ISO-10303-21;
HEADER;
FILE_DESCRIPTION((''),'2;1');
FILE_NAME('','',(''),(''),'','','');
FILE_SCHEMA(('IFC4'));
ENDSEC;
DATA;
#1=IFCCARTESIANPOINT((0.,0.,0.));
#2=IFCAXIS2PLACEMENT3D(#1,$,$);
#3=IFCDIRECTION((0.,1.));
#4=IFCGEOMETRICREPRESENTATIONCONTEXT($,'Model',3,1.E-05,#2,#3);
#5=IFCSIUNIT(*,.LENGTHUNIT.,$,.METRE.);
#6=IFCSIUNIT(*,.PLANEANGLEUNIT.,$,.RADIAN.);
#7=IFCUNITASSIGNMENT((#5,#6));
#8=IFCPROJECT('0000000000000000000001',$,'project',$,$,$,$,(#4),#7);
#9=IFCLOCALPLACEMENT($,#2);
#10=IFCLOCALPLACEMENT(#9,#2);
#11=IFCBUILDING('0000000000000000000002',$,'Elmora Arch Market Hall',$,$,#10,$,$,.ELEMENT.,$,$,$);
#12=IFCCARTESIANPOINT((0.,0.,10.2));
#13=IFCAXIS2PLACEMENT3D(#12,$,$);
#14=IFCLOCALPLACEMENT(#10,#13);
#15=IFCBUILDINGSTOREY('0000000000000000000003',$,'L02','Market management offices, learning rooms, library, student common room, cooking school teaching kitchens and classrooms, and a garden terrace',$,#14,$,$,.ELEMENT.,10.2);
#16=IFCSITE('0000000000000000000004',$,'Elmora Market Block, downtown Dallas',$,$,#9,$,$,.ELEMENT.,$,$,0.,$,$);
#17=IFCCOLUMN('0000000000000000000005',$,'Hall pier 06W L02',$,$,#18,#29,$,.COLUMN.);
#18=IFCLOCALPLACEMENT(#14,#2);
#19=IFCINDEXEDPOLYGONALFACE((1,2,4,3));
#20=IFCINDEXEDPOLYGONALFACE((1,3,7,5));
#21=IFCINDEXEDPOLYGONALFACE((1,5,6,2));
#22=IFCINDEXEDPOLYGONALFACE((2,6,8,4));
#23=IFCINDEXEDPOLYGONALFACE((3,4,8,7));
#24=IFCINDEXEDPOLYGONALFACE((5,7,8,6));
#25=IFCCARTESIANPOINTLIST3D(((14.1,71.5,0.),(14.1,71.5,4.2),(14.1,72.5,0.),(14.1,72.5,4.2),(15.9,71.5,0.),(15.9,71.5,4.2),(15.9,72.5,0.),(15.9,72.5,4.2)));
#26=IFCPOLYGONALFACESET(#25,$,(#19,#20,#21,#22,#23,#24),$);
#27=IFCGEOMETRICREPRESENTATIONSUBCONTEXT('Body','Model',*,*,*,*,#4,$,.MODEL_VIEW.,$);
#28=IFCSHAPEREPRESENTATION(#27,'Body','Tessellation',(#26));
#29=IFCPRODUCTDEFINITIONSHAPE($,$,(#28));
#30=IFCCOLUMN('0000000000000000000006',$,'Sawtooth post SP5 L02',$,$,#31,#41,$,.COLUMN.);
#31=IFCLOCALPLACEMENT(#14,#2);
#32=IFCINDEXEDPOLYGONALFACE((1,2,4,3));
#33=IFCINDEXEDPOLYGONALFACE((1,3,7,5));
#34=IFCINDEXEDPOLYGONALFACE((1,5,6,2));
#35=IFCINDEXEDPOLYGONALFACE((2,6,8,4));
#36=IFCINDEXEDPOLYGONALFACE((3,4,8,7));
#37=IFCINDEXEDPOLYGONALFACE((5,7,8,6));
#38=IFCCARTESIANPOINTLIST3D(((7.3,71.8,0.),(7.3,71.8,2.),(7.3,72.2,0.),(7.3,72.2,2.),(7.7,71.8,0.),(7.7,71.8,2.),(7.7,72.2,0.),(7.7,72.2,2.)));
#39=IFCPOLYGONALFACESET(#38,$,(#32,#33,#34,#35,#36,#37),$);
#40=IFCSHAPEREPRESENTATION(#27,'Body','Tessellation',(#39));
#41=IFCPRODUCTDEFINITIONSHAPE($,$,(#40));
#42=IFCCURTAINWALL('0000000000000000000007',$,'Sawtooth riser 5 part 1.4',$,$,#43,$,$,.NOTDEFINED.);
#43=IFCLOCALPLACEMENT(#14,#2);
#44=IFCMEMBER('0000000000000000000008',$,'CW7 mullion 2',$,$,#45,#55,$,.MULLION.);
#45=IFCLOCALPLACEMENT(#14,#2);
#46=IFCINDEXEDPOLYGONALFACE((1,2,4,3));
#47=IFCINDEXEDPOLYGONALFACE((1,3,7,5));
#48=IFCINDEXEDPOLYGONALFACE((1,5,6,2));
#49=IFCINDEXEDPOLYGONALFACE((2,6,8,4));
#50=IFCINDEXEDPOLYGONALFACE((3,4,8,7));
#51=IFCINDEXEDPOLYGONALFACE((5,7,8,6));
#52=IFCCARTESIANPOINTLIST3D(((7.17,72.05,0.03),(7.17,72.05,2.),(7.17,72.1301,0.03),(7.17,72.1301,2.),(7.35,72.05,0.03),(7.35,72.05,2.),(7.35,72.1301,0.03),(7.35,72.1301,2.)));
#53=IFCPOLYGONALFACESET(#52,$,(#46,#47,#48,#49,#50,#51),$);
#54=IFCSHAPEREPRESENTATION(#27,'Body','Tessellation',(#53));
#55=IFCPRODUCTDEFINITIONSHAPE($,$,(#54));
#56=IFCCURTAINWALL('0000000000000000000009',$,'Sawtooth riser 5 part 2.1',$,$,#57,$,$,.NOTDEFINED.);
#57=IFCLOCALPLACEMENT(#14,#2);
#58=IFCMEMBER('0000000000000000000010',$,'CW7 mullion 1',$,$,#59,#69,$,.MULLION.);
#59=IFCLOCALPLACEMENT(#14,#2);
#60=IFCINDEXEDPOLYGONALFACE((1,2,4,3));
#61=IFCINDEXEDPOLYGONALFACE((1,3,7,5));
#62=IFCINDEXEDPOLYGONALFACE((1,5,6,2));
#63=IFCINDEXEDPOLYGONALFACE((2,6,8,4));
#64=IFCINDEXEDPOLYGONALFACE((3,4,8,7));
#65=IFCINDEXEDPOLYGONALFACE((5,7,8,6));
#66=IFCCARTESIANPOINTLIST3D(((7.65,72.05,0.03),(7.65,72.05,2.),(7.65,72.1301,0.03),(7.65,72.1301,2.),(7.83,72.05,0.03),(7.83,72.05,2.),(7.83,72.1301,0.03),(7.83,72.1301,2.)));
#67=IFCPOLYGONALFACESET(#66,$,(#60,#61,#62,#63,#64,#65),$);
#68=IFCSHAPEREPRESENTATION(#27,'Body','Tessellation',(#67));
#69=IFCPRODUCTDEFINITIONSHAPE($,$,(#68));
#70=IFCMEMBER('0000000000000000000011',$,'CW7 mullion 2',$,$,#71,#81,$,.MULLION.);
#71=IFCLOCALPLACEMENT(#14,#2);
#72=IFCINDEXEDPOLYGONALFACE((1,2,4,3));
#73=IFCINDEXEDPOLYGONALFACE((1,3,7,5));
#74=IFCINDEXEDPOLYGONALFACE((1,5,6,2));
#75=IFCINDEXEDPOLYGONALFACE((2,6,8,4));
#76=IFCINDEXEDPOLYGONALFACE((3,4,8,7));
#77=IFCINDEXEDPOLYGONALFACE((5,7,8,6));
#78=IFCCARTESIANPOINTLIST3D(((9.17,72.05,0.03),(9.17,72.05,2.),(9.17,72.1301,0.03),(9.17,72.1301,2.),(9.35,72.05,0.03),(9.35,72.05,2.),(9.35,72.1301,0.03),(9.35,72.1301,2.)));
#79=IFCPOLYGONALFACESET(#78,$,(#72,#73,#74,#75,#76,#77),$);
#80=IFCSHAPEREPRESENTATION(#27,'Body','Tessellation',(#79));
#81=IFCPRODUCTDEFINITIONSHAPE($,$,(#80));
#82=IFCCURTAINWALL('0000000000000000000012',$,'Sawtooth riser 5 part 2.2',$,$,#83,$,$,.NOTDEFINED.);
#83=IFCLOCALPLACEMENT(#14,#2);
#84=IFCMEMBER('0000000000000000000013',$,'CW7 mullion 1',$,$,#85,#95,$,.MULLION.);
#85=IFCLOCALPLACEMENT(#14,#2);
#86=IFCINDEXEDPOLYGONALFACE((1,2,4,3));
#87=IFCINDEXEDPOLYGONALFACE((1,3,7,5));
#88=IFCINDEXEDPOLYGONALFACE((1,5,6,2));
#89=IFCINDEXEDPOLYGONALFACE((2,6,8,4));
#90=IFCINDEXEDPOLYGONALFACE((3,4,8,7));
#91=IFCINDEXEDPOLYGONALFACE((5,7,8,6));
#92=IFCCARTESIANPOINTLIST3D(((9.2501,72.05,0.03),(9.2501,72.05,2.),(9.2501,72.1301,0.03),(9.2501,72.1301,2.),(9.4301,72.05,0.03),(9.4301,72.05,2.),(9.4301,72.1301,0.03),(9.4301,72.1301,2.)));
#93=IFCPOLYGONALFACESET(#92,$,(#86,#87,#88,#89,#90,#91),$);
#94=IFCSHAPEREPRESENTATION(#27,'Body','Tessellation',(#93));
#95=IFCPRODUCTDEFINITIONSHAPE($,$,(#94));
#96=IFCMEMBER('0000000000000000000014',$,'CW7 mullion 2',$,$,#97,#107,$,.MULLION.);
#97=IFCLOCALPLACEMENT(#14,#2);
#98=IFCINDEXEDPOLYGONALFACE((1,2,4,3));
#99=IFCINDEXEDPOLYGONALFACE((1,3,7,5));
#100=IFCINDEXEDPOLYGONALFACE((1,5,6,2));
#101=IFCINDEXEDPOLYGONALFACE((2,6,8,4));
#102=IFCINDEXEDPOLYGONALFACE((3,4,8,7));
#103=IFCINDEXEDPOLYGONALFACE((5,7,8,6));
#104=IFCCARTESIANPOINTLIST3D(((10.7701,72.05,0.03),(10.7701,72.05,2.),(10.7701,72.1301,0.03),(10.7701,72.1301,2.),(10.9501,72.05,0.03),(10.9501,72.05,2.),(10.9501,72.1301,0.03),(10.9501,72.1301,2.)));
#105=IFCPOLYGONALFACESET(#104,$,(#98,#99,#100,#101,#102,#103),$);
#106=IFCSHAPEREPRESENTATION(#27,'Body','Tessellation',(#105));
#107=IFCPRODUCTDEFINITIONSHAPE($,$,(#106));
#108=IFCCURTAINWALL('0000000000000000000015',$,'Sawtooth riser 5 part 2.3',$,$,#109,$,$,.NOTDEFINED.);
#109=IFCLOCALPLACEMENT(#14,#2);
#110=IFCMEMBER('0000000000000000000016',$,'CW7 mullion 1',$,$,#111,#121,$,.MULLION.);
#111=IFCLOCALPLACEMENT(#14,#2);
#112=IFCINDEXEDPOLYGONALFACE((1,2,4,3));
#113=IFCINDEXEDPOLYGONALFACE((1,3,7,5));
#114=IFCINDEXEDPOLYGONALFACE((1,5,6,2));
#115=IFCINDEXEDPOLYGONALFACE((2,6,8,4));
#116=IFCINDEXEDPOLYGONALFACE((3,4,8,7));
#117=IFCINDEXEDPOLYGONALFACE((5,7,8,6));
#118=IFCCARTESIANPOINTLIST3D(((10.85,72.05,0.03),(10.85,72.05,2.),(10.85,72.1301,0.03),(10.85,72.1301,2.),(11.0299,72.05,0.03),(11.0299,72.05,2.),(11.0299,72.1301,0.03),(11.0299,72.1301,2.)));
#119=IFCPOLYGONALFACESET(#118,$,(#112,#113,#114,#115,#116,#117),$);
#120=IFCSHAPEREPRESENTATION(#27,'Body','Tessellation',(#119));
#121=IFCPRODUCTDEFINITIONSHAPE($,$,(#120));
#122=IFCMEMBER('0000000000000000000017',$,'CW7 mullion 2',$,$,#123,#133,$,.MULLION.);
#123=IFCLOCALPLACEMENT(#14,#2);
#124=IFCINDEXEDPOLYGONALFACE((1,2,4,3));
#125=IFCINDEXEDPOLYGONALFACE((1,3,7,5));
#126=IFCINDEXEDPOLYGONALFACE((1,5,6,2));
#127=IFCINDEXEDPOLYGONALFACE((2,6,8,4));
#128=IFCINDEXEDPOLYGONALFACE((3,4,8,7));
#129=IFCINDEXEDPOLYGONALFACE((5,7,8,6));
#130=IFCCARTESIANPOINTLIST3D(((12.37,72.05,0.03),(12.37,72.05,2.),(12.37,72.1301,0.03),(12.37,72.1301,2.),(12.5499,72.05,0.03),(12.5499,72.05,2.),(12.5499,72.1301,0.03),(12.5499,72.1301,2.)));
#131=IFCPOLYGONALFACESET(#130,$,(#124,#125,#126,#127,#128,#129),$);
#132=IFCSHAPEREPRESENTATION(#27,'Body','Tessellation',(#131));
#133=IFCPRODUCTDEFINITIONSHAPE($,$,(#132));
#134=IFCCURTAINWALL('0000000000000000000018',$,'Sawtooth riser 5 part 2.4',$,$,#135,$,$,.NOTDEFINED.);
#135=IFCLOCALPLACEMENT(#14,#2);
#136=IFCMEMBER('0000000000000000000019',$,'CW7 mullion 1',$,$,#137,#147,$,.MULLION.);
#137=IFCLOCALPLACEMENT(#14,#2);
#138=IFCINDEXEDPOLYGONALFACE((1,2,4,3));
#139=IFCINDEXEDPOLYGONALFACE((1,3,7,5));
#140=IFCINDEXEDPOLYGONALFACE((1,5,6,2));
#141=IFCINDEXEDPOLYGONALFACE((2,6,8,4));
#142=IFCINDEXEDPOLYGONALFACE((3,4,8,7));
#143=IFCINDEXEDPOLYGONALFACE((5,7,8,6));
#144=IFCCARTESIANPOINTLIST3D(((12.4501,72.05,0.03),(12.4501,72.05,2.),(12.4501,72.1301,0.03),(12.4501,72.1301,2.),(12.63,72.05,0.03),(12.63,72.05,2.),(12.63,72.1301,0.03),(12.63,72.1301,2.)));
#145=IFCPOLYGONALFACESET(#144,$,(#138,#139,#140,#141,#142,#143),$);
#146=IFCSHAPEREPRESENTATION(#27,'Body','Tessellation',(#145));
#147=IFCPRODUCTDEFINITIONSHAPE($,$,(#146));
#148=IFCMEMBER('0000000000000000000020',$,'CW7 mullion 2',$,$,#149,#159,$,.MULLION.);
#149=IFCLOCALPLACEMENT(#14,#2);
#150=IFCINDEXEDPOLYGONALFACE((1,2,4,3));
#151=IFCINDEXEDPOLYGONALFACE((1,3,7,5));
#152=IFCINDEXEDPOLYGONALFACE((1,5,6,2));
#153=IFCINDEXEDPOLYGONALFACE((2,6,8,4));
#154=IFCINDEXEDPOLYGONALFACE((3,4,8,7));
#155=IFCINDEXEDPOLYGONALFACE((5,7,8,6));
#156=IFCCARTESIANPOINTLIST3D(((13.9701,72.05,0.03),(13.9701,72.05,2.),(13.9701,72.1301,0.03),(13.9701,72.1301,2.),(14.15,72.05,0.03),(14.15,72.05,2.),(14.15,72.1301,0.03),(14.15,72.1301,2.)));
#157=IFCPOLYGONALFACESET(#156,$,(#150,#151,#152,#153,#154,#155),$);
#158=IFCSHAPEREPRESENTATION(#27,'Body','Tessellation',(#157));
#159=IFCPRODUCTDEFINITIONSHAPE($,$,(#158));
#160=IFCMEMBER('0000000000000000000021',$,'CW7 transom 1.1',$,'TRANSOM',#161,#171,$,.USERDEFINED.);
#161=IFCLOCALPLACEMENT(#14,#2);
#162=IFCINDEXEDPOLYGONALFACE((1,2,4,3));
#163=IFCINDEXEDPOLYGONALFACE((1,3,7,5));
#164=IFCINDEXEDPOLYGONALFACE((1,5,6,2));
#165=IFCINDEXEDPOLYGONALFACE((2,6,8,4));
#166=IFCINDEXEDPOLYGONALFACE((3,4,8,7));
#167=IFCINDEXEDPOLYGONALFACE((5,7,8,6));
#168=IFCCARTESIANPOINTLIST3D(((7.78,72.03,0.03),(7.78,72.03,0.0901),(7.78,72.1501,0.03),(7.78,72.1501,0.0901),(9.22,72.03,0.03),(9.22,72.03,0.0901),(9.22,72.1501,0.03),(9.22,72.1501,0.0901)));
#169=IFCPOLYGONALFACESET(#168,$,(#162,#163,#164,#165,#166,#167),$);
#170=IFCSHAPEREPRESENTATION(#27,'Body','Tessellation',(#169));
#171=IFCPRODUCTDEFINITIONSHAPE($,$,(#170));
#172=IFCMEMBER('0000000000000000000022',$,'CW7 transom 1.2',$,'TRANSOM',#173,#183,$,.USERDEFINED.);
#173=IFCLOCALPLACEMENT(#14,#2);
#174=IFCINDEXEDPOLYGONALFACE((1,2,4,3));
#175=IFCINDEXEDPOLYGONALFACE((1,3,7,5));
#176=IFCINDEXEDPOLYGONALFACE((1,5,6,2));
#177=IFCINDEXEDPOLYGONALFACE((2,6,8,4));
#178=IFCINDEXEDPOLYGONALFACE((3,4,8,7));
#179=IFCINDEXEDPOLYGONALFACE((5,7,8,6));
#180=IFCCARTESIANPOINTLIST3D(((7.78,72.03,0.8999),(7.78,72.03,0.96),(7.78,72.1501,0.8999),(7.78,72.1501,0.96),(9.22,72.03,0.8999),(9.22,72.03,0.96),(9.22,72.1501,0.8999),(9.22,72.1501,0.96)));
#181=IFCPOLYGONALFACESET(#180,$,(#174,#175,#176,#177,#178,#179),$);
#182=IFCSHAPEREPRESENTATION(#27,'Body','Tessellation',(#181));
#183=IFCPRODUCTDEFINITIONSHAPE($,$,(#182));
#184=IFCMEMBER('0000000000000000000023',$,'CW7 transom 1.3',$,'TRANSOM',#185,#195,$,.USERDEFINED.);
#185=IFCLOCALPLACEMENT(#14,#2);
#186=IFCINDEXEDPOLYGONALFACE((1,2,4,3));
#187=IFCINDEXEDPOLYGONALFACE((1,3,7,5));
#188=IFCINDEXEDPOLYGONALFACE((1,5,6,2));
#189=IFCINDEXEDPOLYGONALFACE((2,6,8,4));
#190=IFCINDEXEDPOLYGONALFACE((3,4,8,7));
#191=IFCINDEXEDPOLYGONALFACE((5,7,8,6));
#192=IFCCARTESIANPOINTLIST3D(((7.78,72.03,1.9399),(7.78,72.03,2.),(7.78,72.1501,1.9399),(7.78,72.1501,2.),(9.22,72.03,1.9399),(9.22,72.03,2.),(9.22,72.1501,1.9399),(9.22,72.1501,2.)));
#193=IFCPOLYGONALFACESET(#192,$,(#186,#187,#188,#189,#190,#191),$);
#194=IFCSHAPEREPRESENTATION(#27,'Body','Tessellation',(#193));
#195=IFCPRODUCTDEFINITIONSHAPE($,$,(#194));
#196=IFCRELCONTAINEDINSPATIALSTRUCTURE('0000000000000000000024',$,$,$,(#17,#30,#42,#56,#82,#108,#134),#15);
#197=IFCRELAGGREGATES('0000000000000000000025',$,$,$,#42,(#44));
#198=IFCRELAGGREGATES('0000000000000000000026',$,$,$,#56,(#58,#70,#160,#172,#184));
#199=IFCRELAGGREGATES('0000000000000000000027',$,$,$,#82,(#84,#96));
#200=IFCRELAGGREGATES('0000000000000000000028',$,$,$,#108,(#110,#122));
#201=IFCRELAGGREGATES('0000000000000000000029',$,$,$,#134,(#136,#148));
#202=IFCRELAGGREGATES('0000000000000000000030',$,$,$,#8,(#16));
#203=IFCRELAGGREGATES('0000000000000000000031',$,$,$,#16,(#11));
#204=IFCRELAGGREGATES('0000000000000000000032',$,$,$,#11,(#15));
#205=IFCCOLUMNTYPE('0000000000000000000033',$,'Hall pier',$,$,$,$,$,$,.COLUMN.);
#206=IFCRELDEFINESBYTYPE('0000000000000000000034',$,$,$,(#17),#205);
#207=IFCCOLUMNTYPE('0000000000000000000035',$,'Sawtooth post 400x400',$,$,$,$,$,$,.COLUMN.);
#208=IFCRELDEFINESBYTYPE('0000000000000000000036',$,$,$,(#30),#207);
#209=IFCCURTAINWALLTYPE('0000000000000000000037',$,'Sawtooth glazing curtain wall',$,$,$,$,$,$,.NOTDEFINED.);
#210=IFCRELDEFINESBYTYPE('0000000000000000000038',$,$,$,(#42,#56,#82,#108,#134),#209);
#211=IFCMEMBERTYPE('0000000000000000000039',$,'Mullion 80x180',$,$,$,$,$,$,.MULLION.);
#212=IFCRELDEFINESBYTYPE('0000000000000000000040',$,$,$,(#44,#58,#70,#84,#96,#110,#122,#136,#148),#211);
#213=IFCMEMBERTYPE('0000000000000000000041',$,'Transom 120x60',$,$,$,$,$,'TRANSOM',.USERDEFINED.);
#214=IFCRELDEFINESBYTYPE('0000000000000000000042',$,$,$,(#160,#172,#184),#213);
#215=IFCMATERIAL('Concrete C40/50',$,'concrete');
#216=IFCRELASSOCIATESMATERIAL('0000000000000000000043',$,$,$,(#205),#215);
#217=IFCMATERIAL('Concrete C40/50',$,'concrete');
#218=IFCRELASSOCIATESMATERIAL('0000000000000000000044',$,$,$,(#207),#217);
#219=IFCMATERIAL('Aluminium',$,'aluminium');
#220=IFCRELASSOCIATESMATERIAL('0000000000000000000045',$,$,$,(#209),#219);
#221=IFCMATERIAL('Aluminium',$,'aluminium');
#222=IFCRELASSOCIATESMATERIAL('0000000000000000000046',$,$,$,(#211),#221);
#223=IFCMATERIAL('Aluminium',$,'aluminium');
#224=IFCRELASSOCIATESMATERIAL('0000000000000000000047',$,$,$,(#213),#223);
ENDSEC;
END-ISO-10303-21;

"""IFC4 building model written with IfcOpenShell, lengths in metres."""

from ifc_helpers import new_model, si_unit, direction, frame, origin, origin_2d, place, context, subcontext, project, spatial, rectangle, extrude, material, material_profile, profile_set, type_object, element, aggregate, save


model = new_model("IFC4")

# Units and contexts
model_context = context("Model", 3, precision=1e-05, world=origin(), true_north=direction((0.0, 1.0)))
body_context = subcontext(model_context, "Body", "Model", "MODEL_VIEW")
ifc_project = project(units=[si_unit("LENGTHUNIT", "METRE"), si_unit("PLANEANGLEUNIT", "RADIAN")], contexts=[model_context])

# Site, building, storey
site_placement = place(None, origin())
site = spatial("IfcSite", under=ifc_project, at=site_placement, Name="Elmora Market Block, downtown Dallas", CompositionType="ELEMENT", RefElevation=0.0)
building_placement = place(site_placement, origin())
building = spatial("IfcBuilding", under=site, at=building_placement, Name="Elmora Arch Market Hall", CompositionType="ELEMENT")
storey_placement = place(building_placement, frame((0.0, 0.0, 10.2)))
storey = spatial("IfcBuildingStorey", under=building, at=storey_placement, Name="L02", Description="Market management offices, learning rooms, library, student common room, cooking school teaching kitchens and classrooms, and a garden terrace", CompositionType="ELEMENT", Elevation=10.2)

# Columns
ifc_material_1 = material(Name="Concrete C40/50", Category="concrete")
ifc_material_profile_1 = material_profile(ifc_material_1, rectangle(XDim=1.8, YDim=1.0, at=origin_2d()), Name="Hall pier")
ifc_profile_set_1 = profile_set([ifc_material_profile_1], Name="Concrete C40/50")
column_type_1 = type_object("IfcColumnType", Name="Hall pier", PredefinedType="COLUMN", material=ifc_profile_set_1)
column_1_placement = place(storey_placement, frame((15.0, 72.0, 0.0), z_axis=(0.0, 0.0, 1.0), x_axis=(1.0, 0.0, 0.0)))
element("IfcColumn", 1, at=column_1_placement, inside=storey, type_object=column_type_1, Name="Hall pier 06W L02", PredefinedType="COLUMN", context=body_context, shape_type="SweptSolid", body=[
    extrude(rectangle(XDim=1.8, YDim=1.0, at=origin_2d()), origin(), (0.0, 0.0, 1.0), 4.2),
])
ifc_material_2 = material(Name="Concrete C40/50", Category="concrete")
ifc_material_profile_2 = material_profile(ifc_material_2, rectangle(XDim=0.3999, YDim=0.3999, at=origin_2d()), Name="Sawtooth post 400x400")
ifc_profile_set_2 = profile_set([ifc_material_profile_2], Name="Concrete C40/50")
column_type_2 = type_object("IfcColumnType", Name="Sawtooth post 400x400", PredefinedType="COLUMN", material=ifc_profile_set_2)
column_2_placement = place(storey_placement, frame((7.5, 72.0, 0.0), z_axis=(0.0, 0.0, 1.0), x_axis=(1.0, 0.0, 0.0)))
element("IfcColumn", 2, at=column_2_placement, inside=storey, type_object=column_type_2, Name="Sawtooth post SP5 L02", PredefinedType="COLUMN", context=body_context, shape_type="SweptSolid", body=[
    extrude(rectangle(XDim=0.3999, YDim=0.3999, at=origin_2d()), origin(), (0.0, 0.0, 1.0), 2.0),
])

# Curtain wall, member
ifc_material_3 = material(Name="Aluminium", Category="aluminium")
curtain_wall_type = type_object("IfcCurtainWallType", Name="Sawtooth glazing curtain wall", PredefinedType="NOTDEFINED", material=ifc_material_3)
curtain_wall_1_placement = place(storey_placement, origin())
curtain_wall_1 = element("IfcCurtainWall", 3, at=curtain_wall_1_placement, inside=storey, type_object=curtain_wall_type, Name="Sawtooth riser 5 part 1.4", PredefinedType="NOTDEFINED")
ifc_material_4 = material(Name="Aluminium", Category="aluminium")
ifc_material_profile_3 = material_profile(ifc_material_4, rectangle(XDim=0.0801, YDim=0.1799, at=origin_2d()), Name="AL 80x180")
ifc_profile_set_3 = profile_set([ifc_material_profile_3], Name="Aluminium")
member_type_1 = type_object("IfcMemberType", Name="Mullion 80x180", PredefinedType="MULLION", material=ifc_profile_set_3)
member_1_placement = place(storey_placement, frame((7.26, 72.0901, 0.03), z_axis=(0.0, 0.0, 1.0), x_axis=(0.0, 1.0, 0.0)))
member_1 = element("IfcMember", 4, at=member_1_placement, type_object=member_type_1, Name="CW7 mullion 2", PredefinedType="MULLION", context=body_context, shape_type="SweptSolid", body=[
    extrude(rectangle(XDim=0.0801, YDim=0.1799, at=origin_2d()), origin(), (0.0, 0.0, 1.0), 1.97),
])
aggregate(curtain_wall_1, [member_1])

# Curtain walls, members
curtain_wall_2_placement = place(storey_placement, origin())
curtain_wall_2 = element("IfcCurtainWall", 5, at=curtain_wall_2_placement, inside=storey, type_object=curtain_wall_type, Name="Sawtooth riser 5 part 2.1", PredefinedType="NOTDEFINED")
member_2_placement = place(storey_placement, frame((7.74, 72.0901, 0.03), z_axis=(0.0, 0.0, 1.0), x_axis=(0.0, 1.0, 0.0)))
member_2 = element("IfcMember", 6, at=member_2_placement, type_object=member_type_1, Name="CW7 mullion 1", PredefinedType="MULLION", context=body_context, shape_type="SweptSolid", body=[
    extrude(rectangle(XDim=0.0801, YDim=0.1799, at=origin_2d()), origin(), (0.0, 0.0, 1.0), 1.97),
])
member_3_placement = place(storey_placement, frame((9.26, 72.0901, 0.03), z_axis=(0.0, 0.0, 1.0), x_axis=(0.0, 1.0, 0.0)))
member_3 = element("IfcMember", 7, at=member_3_placement, type_object=member_type_1, Name="CW7 mullion 2", PredefinedType="MULLION", context=body_context, shape_type="SweptSolid", body=[
    extrude(rectangle(XDim=0.0801, YDim=0.1799, at=origin_2d()), origin(), (0.0, 0.0, 1.0), 1.97),
])
curtain_wall_3_placement = place(storey_placement, origin())
curtain_wall_3 = element("IfcCurtainWall", 8, at=curtain_wall_3_placement, inside=storey, type_object=curtain_wall_type, Name="Sawtooth riser 5 part 2.2", PredefinedType="NOTDEFINED")
member_4_placement = place(storey_placement, frame((9.3401, 72.0901, 0.03), z_axis=(0.0, 0.0, 1.0), x_axis=(0.0, 1.0, 0.0)))
member_4 = element("IfcMember", 9, at=member_4_placement, type_object=member_type_1, Name="CW7 mullion 1", PredefinedType="MULLION", context=body_context, shape_type="SweptSolid", body=[
    extrude(rectangle(XDim=0.0801, YDim=0.1799, at=origin_2d()), origin(), (0.0, 0.0, 1.0), 1.97),
])
member_5_placement = place(storey_placement, frame((10.8601, 72.0901, 0.03), z_axis=(0.0, 0.0, 1.0), x_axis=(0.0, 1.0, 0.0)))
member_5 = element("IfcMember", 10, at=member_5_placement, type_object=member_type_1, Name="CW7 mullion 2", PredefinedType="MULLION", context=body_context, shape_type="SweptSolid", body=[
    extrude(rectangle(XDim=0.0801, YDim=0.1799, at=origin_2d()), origin(), (0.0, 0.0, 1.0), 1.97),
])
curtain_wall_4_placement = place(storey_placement, origin())
curtain_wall_4 = element("IfcCurtainWall", 11, at=curtain_wall_4_placement, inside=storey, type_object=curtain_wall_type, Name="Sawtooth riser 5 part 2.3", PredefinedType="NOTDEFINED")
member_6_placement = place(storey_placement, frame((10.9399, 72.0901, 0.03), z_axis=(0.0, 0.0, 1.0), x_axis=(0.0, 1.0, 0.0)))
member_6 = element("IfcMember", 12, at=member_6_placement, type_object=member_type_1, Name="CW7 mullion 1", PredefinedType="MULLION", context=body_context, shape_type="SweptSolid", body=[
    extrude(rectangle(XDim=0.0801, YDim=0.1799, at=origin_2d()), origin(), (0.0, 0.0, 1.0), 1.97),
])
member_7_placement = place(storey_placement, frame((12.46, 72.0901, 0.03), z_axis=(0.0, 0.0, 1.0), x_axis=(0.0, 1.0, 0.0)))
member_7 = element("IfcMember", 13, at=member_7_placement, type_object=member_type_1, Name="CW7 mullion 2", PredefinedType="MULLION", context=body_context, shape_type="SweptSolid", body=[
    extrude(rectangle(XDim=0.0801, YDim=0.1799, at=origin_2d()), origin(), (0.0, 0.0, 1.0), 1.97),
])
curtain_wall_5_placement = place(storey_placement, origin())
curtain_wall_5 = element("IfcCurtainWall", 14, at=curtain_wall_5_placement, inside=storey, type_object=curtain_wall_type, Name="Sawtooth riser 5 part 2.4", PredefinedType="NOTDEFINED")
member_8_placement = place(storey_placement, frame((12.54, 72.0901, 0.03), z_axis=(0.0, 0.0, 1.0), x_axis=(0.0, 1.0, 0.0)))
member_8 = element("IfcMember", 15, at=member_8_placement, type_object=member_type_1, Name="CW7 mullion 1", PredefinedType="MULLION", context=body_context, shape_type="SweptSolid", body=[
    extrude(rectangle(XDim=0.0801, YDim=0.1799, at=origin_2d()), origin(), (0.0, 0.0, 1.0), 1.97),
])
member_9_placement = place(storey_placement, frame((14.0601, 72.0901, 0.03), z_axis=(0.0, 0.0, 1.0), x_axis=(0.0, 1.0, 0.0)))
member_9 = element("IfcMember", 16, at=member_9_placement, type_object=member_type_1, Name="CW7 mullion 2", PredefinedType="MULLION", context=body_context, shape_type="SweptSolid", body=[
    extrude(rectangle(XDim=0.0801, YDim=0.1799, at=origin_2d()), origin(), (0.0, 0.0, 1.0), 1.97),
])

# Members
ifc_material_5 = material(Name="Aluminium", Category="aluminium")
ifc_material_profile_4 = material_profile(ifc_material_5, rectangle(XDim=0.1201, YDim=0.0601, at=origin_2d()), Name="AL 120x60")
ifc_profile_set_4 = profile_set([ifc_material_profile_4], Name="Aluminium")
member_type_2 = type_object("IfcMemberType", Name="Transom 120x60", ElementType="TRANSOM", PredefinedType="USERDEFINED", material=ifc_profile_set_4)
member_10_placement = place(storey_placement, frame((7.78, 72.0901, 0.0601), z_axis=(1.0, 0.0, 0.0), x_axis=(0.0, 1.0, 0.0)))
member_10 = element("IfcMember", 17, at=member_10_placement, type_object=member_type_2, Name="CW7 transom 1.1", ObjectType="TRANSOM", PredefinedType="USERDEFINED", context=body_context, shape_type="SweptSolid", body=[
    extrude(rectangle(XDim=0.1201, YDim=0.0601, at=origin_2d()), origin(), (0.0, 0.0, 1.0), 1.4399),
])
member_11_placement = place(storey_placement, frame((7.78, 72.0901, 0.9299), z_axis=(1.0, 0.0, 0.0), x_axis=(0.0, 1.0, 0.0)))
member_11 = element("IfcMember", 18, at=member_11_placement, type_object=member_type_2, Name="CW7 transom 1.2", ObjectType="TRANSOM", PredefinedType="USERDEFINED", context=body_context, shape_type="SweptSolid", body=[
    extrude(rectangle(XDim=0.1201, YDim=0.0601, at=origin_2d()), origin(), (0.0, 0.0, 1.0), 1.4399),
])
member_12_placement = place(storey_placement, frame((7.78, 72.0901, 1.97), z_axis=(1.0, 0.0, 0.0), x_axis=(0.0, 1.0, 0.0)))
member_12 = element("IfcMember", 19, at=member_12_placement, type_object=member_type_2, Name="CW7 transom 1.3", ObjectType="TRANSOM", PredefinedType="USERDEFINED", context=body_context, shape_type="SweptSolid", body=[
    extrude(rectangle(XDim=0.1201, YDim=0.0601, at=origin_2d()), origin(), (0.0, 0.0, 1.0), 1.4399),
])

aggregate(curtain_wall_2, [member_2, member_3, member_10, member_11, member_12])
aggregate(curtain_wall_3, [member_4, member_5])
aggregate(curtain_wall_4, [member_6, member_7])
aggregate(curtain_wall_5, [member_8, member_9])

save(model, "model.ifc")
